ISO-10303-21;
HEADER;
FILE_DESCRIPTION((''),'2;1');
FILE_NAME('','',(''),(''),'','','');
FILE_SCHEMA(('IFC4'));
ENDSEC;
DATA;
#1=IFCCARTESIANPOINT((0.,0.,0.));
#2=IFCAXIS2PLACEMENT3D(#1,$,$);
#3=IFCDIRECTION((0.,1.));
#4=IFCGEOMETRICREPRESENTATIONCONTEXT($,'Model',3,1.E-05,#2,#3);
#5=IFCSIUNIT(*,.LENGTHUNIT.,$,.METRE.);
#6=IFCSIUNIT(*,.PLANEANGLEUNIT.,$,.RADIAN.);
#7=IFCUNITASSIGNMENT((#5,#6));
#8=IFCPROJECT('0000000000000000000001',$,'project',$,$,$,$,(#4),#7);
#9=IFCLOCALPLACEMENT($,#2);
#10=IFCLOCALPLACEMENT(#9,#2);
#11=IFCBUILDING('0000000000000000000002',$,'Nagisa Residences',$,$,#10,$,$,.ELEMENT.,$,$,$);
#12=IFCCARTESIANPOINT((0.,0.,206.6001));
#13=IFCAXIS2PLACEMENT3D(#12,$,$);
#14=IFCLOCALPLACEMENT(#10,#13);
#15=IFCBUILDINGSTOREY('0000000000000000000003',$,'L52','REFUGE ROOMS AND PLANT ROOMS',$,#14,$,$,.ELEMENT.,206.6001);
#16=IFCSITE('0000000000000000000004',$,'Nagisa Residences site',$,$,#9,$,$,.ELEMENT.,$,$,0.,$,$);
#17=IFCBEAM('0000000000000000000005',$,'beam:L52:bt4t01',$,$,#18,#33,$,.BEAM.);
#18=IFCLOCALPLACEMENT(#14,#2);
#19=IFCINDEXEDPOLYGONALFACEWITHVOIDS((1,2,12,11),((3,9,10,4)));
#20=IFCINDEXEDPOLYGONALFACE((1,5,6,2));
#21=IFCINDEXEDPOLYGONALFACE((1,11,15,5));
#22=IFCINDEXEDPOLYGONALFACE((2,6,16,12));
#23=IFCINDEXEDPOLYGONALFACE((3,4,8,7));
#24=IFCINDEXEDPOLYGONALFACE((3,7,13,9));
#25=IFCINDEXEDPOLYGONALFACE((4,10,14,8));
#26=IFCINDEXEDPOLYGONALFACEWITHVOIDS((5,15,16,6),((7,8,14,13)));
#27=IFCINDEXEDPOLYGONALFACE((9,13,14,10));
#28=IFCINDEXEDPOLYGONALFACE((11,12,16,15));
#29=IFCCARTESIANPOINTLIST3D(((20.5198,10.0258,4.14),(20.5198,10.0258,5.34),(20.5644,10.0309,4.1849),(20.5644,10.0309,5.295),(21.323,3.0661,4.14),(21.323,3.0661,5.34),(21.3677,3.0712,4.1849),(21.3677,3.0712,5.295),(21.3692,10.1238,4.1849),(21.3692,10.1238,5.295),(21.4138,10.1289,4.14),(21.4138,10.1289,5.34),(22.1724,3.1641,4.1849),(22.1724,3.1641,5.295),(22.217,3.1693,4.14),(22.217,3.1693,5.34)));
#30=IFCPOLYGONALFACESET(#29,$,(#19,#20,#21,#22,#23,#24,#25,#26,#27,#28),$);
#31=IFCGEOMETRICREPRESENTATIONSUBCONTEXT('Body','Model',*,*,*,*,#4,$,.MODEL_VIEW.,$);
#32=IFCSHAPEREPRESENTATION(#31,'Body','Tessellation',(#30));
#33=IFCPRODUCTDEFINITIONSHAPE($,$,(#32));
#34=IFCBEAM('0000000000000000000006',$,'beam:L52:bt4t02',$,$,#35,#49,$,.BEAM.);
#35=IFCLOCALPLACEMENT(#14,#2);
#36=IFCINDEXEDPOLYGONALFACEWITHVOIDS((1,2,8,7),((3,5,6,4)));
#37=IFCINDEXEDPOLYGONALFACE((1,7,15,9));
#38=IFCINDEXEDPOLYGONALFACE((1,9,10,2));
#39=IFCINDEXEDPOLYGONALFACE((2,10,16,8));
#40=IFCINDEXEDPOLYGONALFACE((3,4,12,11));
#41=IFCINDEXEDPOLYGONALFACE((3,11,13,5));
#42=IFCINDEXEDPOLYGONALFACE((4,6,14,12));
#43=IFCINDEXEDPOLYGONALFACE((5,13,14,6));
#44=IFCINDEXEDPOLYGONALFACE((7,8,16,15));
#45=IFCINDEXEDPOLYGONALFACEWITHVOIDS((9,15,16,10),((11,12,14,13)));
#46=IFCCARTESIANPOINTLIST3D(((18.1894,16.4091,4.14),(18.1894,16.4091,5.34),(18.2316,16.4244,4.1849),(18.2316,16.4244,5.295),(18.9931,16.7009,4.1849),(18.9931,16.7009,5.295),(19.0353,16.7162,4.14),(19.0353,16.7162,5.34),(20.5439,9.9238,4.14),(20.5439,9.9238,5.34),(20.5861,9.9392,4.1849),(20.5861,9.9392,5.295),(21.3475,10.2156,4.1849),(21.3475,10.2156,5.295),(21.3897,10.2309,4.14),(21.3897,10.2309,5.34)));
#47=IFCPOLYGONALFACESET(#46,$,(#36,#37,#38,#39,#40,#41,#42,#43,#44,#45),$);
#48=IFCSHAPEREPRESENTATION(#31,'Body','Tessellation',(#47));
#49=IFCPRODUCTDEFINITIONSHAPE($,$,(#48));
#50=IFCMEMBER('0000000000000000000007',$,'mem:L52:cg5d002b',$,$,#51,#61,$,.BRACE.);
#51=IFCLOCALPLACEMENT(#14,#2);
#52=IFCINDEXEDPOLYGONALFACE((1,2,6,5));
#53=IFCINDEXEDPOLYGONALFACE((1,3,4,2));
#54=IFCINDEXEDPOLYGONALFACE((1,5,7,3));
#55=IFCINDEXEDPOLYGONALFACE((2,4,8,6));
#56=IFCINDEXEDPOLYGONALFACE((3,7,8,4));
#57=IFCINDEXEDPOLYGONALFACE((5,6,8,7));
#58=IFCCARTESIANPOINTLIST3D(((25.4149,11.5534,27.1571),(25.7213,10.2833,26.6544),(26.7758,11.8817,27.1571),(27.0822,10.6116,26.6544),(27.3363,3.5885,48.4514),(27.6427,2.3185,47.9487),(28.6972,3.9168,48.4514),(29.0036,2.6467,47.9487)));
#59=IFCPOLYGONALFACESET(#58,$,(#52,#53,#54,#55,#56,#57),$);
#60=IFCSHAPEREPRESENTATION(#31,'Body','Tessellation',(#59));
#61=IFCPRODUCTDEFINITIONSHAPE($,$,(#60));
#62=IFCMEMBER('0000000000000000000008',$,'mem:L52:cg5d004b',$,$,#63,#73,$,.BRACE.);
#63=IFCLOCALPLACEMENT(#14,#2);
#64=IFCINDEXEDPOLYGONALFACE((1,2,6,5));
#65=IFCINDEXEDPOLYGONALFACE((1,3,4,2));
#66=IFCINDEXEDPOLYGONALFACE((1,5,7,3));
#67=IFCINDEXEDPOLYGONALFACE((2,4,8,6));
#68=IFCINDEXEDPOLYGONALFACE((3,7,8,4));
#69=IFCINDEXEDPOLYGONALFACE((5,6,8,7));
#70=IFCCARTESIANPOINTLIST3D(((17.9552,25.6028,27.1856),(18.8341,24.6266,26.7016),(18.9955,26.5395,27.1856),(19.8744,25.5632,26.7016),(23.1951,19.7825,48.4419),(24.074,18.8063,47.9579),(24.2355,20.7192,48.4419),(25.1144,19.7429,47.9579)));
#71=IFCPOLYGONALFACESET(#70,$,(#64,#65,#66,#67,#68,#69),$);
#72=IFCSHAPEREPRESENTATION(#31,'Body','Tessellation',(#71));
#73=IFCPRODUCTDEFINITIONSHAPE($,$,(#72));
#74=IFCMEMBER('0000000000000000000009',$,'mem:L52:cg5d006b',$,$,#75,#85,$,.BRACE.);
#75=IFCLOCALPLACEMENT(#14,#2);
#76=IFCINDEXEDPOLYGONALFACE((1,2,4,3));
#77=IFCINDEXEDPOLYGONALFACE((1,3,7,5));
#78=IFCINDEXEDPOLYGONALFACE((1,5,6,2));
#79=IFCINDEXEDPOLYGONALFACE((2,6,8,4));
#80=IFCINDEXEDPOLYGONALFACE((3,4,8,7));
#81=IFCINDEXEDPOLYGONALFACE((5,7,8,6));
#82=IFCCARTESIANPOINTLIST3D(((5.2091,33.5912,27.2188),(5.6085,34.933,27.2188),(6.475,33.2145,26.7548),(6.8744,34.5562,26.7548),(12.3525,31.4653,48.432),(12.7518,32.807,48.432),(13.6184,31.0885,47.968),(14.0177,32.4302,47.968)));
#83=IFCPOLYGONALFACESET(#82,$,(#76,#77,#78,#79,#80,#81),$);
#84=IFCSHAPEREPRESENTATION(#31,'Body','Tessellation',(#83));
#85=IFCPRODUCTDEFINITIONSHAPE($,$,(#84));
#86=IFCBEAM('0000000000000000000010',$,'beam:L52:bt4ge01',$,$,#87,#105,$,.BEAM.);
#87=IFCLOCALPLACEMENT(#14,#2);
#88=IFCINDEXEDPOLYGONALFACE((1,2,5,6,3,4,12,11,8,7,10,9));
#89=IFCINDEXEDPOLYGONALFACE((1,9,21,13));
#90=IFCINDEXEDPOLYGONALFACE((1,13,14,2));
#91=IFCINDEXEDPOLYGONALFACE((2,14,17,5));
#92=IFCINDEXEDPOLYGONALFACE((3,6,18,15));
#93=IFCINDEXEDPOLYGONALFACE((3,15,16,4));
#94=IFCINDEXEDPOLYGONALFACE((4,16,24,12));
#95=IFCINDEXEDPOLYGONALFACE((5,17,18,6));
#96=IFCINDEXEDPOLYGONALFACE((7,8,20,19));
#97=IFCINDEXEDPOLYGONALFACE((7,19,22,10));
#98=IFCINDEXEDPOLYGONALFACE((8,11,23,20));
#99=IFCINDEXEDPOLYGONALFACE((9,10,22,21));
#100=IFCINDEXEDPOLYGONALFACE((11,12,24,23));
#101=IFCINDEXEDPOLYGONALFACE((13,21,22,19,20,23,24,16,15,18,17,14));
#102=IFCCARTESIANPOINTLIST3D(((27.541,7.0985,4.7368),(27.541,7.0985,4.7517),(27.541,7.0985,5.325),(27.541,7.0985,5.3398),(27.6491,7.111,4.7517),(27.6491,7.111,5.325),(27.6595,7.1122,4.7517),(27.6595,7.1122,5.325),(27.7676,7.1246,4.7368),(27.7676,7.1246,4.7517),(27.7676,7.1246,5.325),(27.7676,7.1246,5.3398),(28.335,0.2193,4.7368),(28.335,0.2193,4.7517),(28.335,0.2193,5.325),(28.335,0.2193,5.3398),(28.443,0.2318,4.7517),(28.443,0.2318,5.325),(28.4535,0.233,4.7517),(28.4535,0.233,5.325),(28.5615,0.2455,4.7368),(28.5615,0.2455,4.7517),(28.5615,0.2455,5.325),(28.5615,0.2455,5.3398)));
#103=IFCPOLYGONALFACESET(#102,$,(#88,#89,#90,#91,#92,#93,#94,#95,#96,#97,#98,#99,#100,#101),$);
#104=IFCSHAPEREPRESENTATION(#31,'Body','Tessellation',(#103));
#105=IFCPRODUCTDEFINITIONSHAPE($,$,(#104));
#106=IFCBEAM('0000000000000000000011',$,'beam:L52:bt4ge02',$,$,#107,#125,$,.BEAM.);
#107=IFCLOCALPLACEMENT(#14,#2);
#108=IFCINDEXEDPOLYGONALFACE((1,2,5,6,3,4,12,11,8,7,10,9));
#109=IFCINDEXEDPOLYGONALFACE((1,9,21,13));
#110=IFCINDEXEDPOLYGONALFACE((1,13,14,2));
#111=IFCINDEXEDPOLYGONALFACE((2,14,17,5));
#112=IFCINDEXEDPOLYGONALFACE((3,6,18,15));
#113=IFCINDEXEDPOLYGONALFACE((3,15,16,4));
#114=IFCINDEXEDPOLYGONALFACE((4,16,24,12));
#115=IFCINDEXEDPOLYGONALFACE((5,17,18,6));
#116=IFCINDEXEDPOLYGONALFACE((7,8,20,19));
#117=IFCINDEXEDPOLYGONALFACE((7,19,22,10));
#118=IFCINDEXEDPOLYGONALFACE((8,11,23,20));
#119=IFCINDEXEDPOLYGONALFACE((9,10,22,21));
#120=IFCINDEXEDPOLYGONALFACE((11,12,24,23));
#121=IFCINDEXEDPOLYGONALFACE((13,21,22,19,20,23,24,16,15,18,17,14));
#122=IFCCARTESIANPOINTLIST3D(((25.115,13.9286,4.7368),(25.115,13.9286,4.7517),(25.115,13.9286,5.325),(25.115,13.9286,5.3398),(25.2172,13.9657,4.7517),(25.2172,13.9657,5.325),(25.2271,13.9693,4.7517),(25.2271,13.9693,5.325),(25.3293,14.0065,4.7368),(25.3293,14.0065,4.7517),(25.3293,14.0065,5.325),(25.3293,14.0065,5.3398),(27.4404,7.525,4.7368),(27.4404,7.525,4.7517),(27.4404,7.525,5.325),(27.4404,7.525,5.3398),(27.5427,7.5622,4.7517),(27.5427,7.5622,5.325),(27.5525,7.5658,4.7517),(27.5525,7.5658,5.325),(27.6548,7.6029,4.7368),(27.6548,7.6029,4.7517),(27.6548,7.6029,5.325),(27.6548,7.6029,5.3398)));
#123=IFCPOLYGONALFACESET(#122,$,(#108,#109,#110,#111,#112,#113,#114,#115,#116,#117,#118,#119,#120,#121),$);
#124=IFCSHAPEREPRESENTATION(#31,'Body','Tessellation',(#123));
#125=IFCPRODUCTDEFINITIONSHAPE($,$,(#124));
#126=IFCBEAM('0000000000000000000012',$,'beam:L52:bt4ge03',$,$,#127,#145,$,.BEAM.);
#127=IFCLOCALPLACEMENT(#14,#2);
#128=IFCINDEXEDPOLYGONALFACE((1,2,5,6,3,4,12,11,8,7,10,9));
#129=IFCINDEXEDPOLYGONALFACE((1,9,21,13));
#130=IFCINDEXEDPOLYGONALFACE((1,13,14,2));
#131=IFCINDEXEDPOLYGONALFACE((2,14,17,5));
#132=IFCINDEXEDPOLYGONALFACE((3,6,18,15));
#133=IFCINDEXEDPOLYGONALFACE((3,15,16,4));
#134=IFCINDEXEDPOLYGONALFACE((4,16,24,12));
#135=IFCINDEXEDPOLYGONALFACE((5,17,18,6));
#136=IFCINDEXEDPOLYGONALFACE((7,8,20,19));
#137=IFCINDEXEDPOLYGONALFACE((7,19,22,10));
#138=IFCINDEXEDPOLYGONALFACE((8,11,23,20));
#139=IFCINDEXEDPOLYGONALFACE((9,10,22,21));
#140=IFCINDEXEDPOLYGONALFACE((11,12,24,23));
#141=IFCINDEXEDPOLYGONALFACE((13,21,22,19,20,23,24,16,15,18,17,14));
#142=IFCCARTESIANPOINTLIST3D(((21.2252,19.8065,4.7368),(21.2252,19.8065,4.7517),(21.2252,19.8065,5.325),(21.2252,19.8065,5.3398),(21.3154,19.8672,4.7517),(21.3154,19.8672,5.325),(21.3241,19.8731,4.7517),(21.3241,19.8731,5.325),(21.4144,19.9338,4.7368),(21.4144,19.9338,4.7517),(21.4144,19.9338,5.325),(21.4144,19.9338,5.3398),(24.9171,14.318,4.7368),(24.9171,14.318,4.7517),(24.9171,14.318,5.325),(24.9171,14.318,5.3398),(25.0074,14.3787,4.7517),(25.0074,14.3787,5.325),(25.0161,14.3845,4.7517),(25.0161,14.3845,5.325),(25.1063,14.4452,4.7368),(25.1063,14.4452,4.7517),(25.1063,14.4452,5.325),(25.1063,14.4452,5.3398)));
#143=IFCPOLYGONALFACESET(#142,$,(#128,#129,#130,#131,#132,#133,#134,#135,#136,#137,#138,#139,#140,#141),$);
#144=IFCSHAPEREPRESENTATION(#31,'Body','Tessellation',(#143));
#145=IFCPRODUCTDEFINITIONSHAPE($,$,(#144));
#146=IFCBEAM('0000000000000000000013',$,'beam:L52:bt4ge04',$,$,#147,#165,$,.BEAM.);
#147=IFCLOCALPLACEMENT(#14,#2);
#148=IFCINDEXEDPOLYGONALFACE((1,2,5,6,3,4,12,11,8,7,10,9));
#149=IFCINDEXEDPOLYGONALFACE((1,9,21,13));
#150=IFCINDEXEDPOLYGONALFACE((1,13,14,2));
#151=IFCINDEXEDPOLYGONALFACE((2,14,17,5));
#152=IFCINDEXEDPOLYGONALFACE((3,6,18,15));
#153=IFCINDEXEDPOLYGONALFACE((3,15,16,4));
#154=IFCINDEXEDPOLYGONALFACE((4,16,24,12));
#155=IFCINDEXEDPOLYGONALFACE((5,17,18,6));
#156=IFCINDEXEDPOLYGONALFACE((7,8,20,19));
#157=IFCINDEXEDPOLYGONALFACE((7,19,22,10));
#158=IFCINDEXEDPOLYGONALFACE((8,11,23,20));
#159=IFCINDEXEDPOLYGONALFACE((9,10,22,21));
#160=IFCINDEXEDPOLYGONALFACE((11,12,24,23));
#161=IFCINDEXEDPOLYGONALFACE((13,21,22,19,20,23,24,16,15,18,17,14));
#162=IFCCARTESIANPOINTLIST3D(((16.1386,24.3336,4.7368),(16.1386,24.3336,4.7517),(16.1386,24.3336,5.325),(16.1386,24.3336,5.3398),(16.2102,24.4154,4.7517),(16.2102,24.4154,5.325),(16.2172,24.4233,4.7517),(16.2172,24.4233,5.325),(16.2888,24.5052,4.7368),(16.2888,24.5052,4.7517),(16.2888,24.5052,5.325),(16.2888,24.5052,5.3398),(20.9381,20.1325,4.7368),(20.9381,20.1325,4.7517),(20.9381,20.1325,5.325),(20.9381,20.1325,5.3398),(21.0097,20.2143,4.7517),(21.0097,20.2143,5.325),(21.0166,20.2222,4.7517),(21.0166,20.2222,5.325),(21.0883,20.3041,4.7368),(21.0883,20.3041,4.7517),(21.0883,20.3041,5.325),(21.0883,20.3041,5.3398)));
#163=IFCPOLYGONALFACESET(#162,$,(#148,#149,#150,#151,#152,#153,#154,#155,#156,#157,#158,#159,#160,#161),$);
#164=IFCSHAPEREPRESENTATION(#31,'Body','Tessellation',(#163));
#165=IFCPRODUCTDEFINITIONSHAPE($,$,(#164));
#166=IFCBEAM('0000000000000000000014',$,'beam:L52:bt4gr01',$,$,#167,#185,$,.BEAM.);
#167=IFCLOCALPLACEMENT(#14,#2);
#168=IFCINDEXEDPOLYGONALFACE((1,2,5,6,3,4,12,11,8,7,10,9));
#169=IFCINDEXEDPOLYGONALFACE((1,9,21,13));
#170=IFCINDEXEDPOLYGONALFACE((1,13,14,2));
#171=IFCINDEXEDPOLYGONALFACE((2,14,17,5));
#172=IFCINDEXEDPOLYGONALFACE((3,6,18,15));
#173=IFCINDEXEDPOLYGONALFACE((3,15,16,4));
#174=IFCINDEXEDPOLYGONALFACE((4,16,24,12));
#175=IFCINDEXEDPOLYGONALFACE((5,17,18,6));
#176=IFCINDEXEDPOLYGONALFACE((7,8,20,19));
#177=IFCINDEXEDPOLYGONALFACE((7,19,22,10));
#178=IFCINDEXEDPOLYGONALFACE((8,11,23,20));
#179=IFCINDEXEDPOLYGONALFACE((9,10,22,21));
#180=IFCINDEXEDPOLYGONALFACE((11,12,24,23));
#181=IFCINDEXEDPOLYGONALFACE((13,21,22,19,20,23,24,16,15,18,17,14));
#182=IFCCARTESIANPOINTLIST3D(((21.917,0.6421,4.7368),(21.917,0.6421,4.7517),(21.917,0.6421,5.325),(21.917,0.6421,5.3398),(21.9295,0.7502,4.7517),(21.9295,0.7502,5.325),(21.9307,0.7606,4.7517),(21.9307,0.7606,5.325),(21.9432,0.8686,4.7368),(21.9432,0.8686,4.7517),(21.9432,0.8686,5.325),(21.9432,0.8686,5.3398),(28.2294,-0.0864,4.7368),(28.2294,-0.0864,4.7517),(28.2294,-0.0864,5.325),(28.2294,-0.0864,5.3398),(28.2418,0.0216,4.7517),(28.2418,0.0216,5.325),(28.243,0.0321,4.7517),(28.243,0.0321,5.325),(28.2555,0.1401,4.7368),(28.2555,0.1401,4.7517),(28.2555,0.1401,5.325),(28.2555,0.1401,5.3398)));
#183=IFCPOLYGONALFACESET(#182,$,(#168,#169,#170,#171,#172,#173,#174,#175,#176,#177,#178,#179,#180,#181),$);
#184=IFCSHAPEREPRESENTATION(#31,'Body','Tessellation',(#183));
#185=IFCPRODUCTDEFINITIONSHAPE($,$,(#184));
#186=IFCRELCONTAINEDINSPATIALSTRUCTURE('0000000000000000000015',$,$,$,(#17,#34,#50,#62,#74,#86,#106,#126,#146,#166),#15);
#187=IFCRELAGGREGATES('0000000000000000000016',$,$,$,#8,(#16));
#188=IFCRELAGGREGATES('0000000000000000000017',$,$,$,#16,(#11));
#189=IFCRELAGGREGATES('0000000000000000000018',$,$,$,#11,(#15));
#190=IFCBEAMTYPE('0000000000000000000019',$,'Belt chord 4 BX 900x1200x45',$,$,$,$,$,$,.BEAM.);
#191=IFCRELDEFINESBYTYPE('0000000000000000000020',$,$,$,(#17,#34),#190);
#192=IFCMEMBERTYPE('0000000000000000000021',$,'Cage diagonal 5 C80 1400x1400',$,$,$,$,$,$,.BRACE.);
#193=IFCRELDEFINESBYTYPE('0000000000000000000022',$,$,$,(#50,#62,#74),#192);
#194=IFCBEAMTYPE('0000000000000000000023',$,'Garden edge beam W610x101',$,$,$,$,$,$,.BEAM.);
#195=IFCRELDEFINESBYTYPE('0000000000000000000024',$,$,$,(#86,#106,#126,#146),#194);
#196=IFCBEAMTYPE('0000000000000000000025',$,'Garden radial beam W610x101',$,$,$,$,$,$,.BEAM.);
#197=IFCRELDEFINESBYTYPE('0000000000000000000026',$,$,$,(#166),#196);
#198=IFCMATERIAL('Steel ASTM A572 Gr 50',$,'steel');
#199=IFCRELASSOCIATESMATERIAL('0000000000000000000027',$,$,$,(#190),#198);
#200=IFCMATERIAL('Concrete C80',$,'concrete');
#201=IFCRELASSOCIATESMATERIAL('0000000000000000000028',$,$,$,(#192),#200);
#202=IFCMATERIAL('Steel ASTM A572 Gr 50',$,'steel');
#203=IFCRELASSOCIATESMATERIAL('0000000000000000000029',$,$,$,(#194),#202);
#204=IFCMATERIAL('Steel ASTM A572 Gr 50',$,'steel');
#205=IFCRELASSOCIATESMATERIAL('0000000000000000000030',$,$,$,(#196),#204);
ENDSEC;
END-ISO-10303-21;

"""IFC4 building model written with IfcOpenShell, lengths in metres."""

from ifc_helpers import new_model, si_unit, direction, frame, origin, origin_2d, place, context, subcontext, project, spatial, rectangle, hollow_rectangle, i_section, extrude, material, material_profile, profile_set, type_object, element, save


model = new_model("IFC4")

# Units and contexts
model_context = context("Model", 3, precision=1e-05, world=origin(), true_north=direction((0.0, 1.0)))
body_context = subcontext(model_context, "Body", "Model", "MODEL_VIEW")
ifc_project = project(units=[si_unit("LENGTHUNIT", "METRE"), si_unit("PLANEANGLEUNIT", "RADIAN")], contexts=[model_context])

# Site, building, storey
site_placement = place(None, origin())
site = spatial("IfcSite", under=ifc_project, at=site_placement, Name="Nagisa Residences site", CompositionType="ELEMENT", RefElevation=0.0)
building_placement = place(site_placement, origin())
building = spatial("IfcBuilding", under=site, at=building_placement, Name="Nagisa Residences", CompositionType="ELEMENT")
storey_placement = place(building_placement, frame((0.0, 0.0, 206.6001)))
storey = spatial("IfcBuildingStorey", under=building, at=storey_placement, Name="L52", Description="REFUGE ROOMS AND PLANT ROOMS", CompositionType="ELEMENT", Elevation=206.6001)

# Beams
ifc_material_1 = material(Name="Steel ASTM A572 Gr 50", Category="steel")
ifc_material_profile_1 = material_profile(ifc_material_1, hollow_rectangle(XDim=0.8999, YDim=1.2, WallThickness=0.0449, at=origin_2d()), Name="BX 900x1200x45")
ifc_profile_set_1 = profile_set([ifc_material_profile_1], Name="Steel ASTM A572 Gr 50")
beam_type_1 = type_object("IfcBeamType", Name="Belt chord 4 BX 900x1200x45", PredefinedType="BEAM", material=ifc_profile_set_1)
beam_1_placement = place(storey_placement, frame((21.77, 3.1177, 4.74), z_axis=(-0.114649, 0.993406, 0.0), x_axis=(-0.993406, -0.114649, 0.0)))
element("IfcBeam", 1, at=beam_1_placement, inside=storey, type_object=beam_type_1, Name="beam:L52:bt4t01", PredefinedType="BEAM", context=body_context, shape_type="SweptSolid", body=[
    extrude(hollow_rectangle(XDim=0.8999, YDim=1.2, WallThickness=0.0449, at=origin_2d()), origin(), (0.0, 0.0, 1.0), 7.0059),
])
beam_2_placement = place(storey_placement, frame((20.9668, 10.0774, 4.74), z_axis=(-0.341254, 0.939971, 0.0), x_axis=(-0.939971, -0.341254, 0.0)))
element("IfcBeam", 2, at=beam_2_placement, inside=storey, type_object=beam_type_1, Name="beam:L52:bt4t02", PredefinedType="BEAM", context=body_context, shape_type="SweptSolid", body=[
    extrude(hollow_rectangle(XDim=0.8999, YDim=1.2, WallThickness=0.0449, at=origin_2d()), origin(), (0.0, 0.0, 1.0), 6.8994),
])

# Members
ifc_material_2 = material(Name="Concrete C80", Category="concrete")
ifc_material_profile_2 = material_profile(ifc_material_2, rectangle(XDim=1.3999, YDim=1.3999, at=origin_2d()), Name="C80 1400x1400")
ifc_profile_set_2 = profile_set([ifc_material_profile_2], Name="Concrete C80")
member_type = type_object("IfcMemberType", Name="Cage diagonal 5 C80 1400x1400", PredefinedType="BRACE", material=ifc_profile_set_2)
member_1_placement = place(storey_placement, frame((26.2485, 11.0825, 26.9058), z_axis=(0.084212, -0.349089, 0.933298), x_axis=(0.972115, 0.234507, 0.0)))
element("IfcMember", 3, at=member_1_placement, inside=storey, type_object=member_type, Name="mem:L52:cg5d002b", PredefinedType="BRACE", context=body_context, shape_type="SweptSolid", body=[
    extrude(rectangle(XDim=1.3999, YDim=1.3999, at=origin_2d()), origin(), (0.0, 0.0, 1.0), 22.8162),
])
member_2_placement = place(storey_placement, frame((18.9148, 25.583, 26.9436), z_axis=(0.231314, -0.256932, 0.938339), x_axis=(0.743186, 0.669085, 0.0)))
element("IfcMember", 4, at=member_2_placement, inside=storey, type_object=member_type, Name="mem:L52:cg5d004b", PredefinedType="BRACE", context=body_context, shape_type="SweptSolid", body=[
    extrude(rectangle(XDim=1.3999, YDim=1.3999, at=origin_2d()), origin(), (0.0, 0.0, 1.0), 22.6531),
])
member_3_placement = place(storey_placement, frame((6.0417, 34.0737, 26.9868), z_axis=(0.317702, -0.094554, 0.943464), x_axis=(0.285253, 0.958452, 0.0)))
element("IfcMember", 5, at=member_3_placement, inside=storey, type_object=member_type, Name="mem:L52:cg5d006b", PredefinedType="BRACE", context=body_context, shape_type="SweptSolid", body=[
    extrude(rectangle(XDim=1.3999, YDim=1.3999, at=origin_2d()), origin(), (0.0, 0.0, 1.0), 22.4844),
])

# Beams
ifc_material_3 = material(Name="Steel ASTM A572 Gr 50", Category="steel")
ifc_material_profile_3 = material_profile(ifc_material_3, i_section(OverallWidth=0.228, OverallDepth=0.603, WebThickness=0.0105, FlangeThickness=0.0149, at=origin_2d()), Name="W610x101")
ifc_profile_set_3 = profile_set([ifc_material_profile_3], Name="Steel ASTM A572 Gr 50")
beam_type_2 = type_object("IfcBeamType", Name="Garden edge beam W610x101", PredefinedType="BEAM", material=ifc_profile_set_3)
beam_3_placement = place(storey_placement, frame((28.4482, 0.2324, 5.0383), z_axis=(-0.114652, 0.993406, 0.0), x_axis=(-0.993406, -0.114652, 0.0)))
element("IfcBeam", 6, at=beam_3_placement, inside=storey, type_object=beam_type_2, Name="beam:L52:bt4ge01", PredefinedType="BEAM", context=body_context, shape_type="SweptSolid", body=[
    extrude(i_section(OverallWidth=0.228, OverallDepth=0.603, WebThickness=0.0105, FlangeThickness=0.0149, at=origin_2d()), origin(), (0.0, 0.0, 1.0), 6.9248),
])
beam_4_placement = place(storey_placement, frame((27.5476, 7.564, 5.0383), z_axis=(-0.341337, 0.939941, 0.0), x_axis=(-0.939941, -0.341337, 0.0)))
element("IfcBeam", 7, at=beam_4_placement, inside=storey, type_object=beam_type_2, Name="beam:L52:bt4ge02", PredefinedType="BEAM", context=body_context, shape_type="SweptSolid", body=[
    extrude(i_section(OverallWidth=0.228, OverallDepth=0.603, WebThickness=0.0105, FlangeThickness=0.0149, at=origin_2d()), origin(), (0.0, 0.0, 1.0), 6.8127),
])
beam_5_placement = place(storey_placement, frame((25.0117, 14.3816, 5.0383), z_axis=(-0.558136, 0.829749, 0.0), x_axis=(-0.829749, -0.558136, 0.0)))
element("IfcBeam", 8, at=beam_5_placement, inside=storey, type_object=beam_type_2, Name="beam:L52:bt4ge03", PredefinedType="BEAM", context=body_context, shape_type="SweptSolid", body=[
    extrude(i_section(OverallWidth=0.228, OverallDepth=0.603, WebThickness=0.0105, FlangeThickness=0.0149, at=origin_2d()), origin(), (0.0, 0.0, 1.0), 6.6147),
])
beam_6_placement = place(storey_placement, frame((21.0132, 20.2183, 5.0383), z_axis=(-0.752456, 0.658643, 0.0), x_axis=(-0.658643, -0.752456, 0.0)))
element("IfcBeam", 9, at=beam_6_placement, inside=storey, type_object=beam_type_2, Name="beam:L52:bt4ge04", PredefinedType="BEAM", context=body_context, shape_type="SweptSolid", body=[
    extrude(i_section(OverallWidth=0.228, OverallDepth=0.603, WebThickness=0.0105, FlangeThickness=0.0149, at=origin_2d()), origin(), (0.0, 0.0, 1.0), 6.3784),
])
ifc_material_4 = material(Name="Steel ASTM A572 Gr 50", Category="steel")
ifc_material_profile_4 = material_profile(ifc_material_4, i_section(OverallWidth=0.228, OverallDepth=0.603, WebThickness=0.0105, FlangeThickness=0.0149, at=origin_2d()), Name="W610x101")
ifc_profile_set_4 = profile_set([ifc_material_profile_4], Name="Steel ASTM A572 Gr 50")
beam_type_3 = type_object("IfcBeamType", Name="Garden radial beam W610x101", PredefinedType="BEAM", material=ifc_profile_set_4)
beam_7_placement = place(storey_placement, frame((28.2424, 0.0269, 5.0383), z_axis=(-0.993406, 0.114652, 0.0), x_axis=(-0.114652, -0.993406, 0.0)))
element("IfcBeam", 10, at=beam_7_placement, inside=storey, type_object=beam_type_3, Name="beam:L52:bt4gr01", PredefinedType="BEAM", context=body_context, shape_type="SweptSolid", body=[
    extrude(i_section(OverallWidth=0.228, OverallDepth=0.603, WebThickness=0.0105, FlangeThickness=0.0149, at=origin_2d()), origin(), (0.0, 0.0, 1.0), 6.3542),
])

save(model, "model.ifc")
